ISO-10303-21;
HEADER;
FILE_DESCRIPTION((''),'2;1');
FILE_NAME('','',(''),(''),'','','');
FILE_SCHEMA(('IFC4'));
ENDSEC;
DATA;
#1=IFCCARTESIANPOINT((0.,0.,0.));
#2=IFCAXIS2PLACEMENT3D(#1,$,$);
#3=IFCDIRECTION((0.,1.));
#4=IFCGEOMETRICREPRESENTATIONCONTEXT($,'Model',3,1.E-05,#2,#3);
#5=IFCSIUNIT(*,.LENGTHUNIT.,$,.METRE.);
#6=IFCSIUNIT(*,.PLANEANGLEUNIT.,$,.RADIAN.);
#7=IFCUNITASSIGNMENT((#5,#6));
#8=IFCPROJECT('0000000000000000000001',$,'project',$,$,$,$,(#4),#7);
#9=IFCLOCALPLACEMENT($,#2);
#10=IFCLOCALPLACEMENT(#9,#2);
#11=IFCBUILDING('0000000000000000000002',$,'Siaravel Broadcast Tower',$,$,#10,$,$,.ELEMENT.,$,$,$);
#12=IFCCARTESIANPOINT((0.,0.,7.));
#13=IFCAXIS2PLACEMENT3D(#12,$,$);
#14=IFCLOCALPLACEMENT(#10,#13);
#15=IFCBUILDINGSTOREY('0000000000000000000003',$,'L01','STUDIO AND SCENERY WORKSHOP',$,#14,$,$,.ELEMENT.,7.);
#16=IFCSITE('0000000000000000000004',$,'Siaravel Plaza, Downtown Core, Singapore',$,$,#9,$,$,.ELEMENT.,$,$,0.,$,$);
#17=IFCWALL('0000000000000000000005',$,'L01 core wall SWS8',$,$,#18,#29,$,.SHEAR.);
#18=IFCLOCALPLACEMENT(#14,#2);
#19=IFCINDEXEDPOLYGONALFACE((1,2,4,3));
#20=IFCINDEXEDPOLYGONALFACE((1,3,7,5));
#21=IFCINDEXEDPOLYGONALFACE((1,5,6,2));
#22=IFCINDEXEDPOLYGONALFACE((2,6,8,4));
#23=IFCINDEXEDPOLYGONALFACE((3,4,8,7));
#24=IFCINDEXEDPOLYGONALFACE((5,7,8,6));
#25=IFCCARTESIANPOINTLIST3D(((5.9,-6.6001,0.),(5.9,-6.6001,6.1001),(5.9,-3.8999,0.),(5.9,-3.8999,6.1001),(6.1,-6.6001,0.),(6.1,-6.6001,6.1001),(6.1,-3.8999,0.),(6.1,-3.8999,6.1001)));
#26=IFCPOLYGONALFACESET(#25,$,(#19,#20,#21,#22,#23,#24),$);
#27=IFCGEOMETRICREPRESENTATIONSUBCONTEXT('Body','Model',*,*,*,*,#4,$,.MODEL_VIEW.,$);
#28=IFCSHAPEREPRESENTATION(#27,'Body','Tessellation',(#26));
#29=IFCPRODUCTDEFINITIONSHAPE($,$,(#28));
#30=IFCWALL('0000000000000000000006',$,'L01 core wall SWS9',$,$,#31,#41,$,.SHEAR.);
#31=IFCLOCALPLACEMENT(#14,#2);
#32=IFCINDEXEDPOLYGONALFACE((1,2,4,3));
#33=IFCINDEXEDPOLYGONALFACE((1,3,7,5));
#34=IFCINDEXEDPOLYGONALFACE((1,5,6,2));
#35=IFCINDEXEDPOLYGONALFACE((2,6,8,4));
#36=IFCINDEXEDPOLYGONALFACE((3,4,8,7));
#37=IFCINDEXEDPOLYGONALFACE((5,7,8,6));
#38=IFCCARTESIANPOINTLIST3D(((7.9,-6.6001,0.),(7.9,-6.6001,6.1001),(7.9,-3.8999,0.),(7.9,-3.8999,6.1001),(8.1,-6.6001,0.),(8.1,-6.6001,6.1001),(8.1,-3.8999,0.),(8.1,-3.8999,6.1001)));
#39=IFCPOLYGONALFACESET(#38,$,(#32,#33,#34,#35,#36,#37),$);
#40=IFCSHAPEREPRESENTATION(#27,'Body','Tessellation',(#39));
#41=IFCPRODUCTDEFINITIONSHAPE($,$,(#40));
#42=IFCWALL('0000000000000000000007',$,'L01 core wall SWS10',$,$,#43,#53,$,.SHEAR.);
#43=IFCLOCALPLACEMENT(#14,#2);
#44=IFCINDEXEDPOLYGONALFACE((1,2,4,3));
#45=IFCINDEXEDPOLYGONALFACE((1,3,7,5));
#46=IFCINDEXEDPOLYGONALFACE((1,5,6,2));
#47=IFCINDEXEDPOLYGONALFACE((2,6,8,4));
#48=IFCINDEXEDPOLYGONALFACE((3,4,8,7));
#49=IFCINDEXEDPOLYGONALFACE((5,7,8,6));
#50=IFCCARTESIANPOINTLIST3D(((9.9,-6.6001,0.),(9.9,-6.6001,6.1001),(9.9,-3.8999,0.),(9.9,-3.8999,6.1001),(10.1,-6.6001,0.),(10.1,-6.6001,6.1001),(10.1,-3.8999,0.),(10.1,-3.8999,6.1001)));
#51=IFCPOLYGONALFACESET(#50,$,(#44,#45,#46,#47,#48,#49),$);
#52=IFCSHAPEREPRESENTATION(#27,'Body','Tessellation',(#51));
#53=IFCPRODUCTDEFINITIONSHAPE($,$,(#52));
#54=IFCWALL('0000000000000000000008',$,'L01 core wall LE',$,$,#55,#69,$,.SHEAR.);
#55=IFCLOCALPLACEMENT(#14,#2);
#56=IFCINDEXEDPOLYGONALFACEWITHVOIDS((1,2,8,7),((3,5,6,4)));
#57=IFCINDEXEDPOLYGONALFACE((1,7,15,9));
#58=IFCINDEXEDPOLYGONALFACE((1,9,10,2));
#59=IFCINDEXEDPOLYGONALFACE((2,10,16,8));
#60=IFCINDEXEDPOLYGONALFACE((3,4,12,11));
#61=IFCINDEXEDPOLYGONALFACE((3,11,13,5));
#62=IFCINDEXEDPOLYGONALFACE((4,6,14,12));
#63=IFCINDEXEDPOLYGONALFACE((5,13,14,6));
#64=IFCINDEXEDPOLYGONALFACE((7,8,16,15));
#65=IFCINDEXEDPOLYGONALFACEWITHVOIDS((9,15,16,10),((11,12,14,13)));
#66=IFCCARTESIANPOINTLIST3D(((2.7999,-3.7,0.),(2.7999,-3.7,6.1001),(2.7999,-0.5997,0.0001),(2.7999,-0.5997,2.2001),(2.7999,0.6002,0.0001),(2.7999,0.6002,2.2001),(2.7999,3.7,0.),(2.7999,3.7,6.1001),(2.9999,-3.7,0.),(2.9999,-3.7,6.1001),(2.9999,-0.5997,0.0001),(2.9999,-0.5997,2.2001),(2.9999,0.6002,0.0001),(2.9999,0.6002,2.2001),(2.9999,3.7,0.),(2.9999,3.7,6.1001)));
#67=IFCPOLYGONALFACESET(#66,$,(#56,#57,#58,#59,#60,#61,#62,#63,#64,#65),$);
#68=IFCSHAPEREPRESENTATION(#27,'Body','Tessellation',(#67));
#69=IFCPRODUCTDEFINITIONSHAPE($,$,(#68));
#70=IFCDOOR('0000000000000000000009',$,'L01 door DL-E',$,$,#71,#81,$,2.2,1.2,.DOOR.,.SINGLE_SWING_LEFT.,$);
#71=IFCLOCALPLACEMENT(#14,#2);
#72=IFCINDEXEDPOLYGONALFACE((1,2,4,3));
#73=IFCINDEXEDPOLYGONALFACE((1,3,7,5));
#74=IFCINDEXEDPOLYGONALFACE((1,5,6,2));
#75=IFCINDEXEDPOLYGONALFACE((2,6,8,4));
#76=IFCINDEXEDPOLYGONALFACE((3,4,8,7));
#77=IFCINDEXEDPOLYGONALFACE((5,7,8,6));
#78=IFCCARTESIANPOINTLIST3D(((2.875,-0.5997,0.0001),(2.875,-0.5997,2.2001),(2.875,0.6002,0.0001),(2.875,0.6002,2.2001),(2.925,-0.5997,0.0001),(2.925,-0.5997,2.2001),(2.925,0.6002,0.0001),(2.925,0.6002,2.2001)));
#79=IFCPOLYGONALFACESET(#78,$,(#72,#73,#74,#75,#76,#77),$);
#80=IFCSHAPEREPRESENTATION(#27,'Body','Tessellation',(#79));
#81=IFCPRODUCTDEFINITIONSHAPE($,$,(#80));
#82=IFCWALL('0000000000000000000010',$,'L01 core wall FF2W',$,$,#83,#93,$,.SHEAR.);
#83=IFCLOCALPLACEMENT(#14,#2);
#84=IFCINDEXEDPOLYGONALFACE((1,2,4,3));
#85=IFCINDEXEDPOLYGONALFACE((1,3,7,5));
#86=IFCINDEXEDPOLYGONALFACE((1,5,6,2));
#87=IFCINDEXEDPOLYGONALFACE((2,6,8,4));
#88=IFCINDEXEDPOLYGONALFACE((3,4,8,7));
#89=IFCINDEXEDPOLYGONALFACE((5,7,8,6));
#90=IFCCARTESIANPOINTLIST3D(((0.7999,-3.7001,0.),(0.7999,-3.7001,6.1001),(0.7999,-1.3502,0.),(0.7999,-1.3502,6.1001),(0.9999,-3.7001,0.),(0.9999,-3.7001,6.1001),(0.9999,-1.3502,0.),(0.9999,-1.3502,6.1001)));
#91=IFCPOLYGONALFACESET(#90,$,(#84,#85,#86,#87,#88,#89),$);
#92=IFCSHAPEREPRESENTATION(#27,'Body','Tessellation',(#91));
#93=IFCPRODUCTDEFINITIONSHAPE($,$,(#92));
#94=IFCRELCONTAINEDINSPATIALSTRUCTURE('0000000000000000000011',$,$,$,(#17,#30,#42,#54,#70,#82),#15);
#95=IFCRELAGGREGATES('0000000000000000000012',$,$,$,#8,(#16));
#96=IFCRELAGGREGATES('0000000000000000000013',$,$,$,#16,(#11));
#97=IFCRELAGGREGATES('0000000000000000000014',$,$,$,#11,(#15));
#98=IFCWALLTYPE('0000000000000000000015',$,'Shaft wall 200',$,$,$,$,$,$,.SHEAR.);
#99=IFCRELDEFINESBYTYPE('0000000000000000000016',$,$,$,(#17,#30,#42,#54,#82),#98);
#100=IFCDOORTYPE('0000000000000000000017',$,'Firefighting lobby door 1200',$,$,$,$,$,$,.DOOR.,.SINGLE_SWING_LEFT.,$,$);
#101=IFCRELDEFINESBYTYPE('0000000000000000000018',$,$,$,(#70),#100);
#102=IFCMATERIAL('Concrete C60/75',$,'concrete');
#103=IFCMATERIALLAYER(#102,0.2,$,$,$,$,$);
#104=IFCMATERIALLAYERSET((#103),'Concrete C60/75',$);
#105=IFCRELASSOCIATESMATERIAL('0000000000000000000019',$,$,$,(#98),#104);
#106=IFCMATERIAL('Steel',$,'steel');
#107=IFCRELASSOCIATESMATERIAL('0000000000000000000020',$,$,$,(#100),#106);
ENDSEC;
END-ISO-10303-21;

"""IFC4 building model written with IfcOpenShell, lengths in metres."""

from ifc_helpers import new_model, si_unit, direction, frame, frame_2d, origin, place, context, subcontext, project, spatial, rectangle, extrude, material, layer, layer_set, type_object, element, fill, save


model = new_model("IFC4")

# Units and contexts
model_context = context("Model", 3, precision=1e-05, world=origin(), true_north=direction((0.0, 1.0)))
body_context = subcontext(model_context, "Body", "Model", "MODEL_VIEW")
ifc_project = project(units=[si_unit("LENGTHUNIT", "METRE"), si_unit("PLANEANGLEUNIT", "RADIAN")], contexts=[model_context])

# Site, building, storey
site_placement = place(None, origin())
site = spatial("IfcSite", under=ifc_project, at=site_placement, Name="Siaravel Plaza, Downtown Core, Singapore", CompositionType="ELEMENT", RefElevation=0.0)
building_placement = place(site_placement, origin())
building = spatial("IfcBuilding", under=site, at=building_placement, Name="Siaravel Broadcast Tower", CompositionType="ELEMENT")
storey_placement = place(building_placement, frame((0.0, 0.0, 7.0)))
storey = spatial("IfcBuildingStorey", under=building, at=storey_placement, Name="L01", Description="STUDIO AND SCENERY WORKSHOP", CompositionType="ELEMENT", Elevation=7.0)

# Shared definitions
ifc_material_1 = material(Name="Concrete C60/75", Category="concrete")
ifc_material_2 = material(Name="Steel", Category="steel")

# Walls
ifc_layer_1 = layer(ifc_material_1, 0.2)
ifc_layer_set_1 = layer_set([ifc_layer_1], Name="Concrete C60/75")
wall_type_1 = type_object("IfcWallType", Name="Shaft wall 200", PredefinedType="SHEAR", material=ifc_layer_set_1)
for number, where, z_axis, x_axis, name in (
    (1, (6.0, -6.6001, 0.0), (0.0, 0.0, 1.0), (0.0, 1.0, 0.0), "L01 core wall SWS8"),
    (2, (8.0, -6.6001, 0.0), (0.0, 0.0, 1.0), (0.0, 1.0, 0.0), "L01 core wall SWS9"),
    (3, (10.0, -6.6001, 0.0), (0.0, 0.0, 1.0), (0.0, 1.0, 0.0), "L01 core wall SWS10"),
):
    element("IfcWall", number, at=place(storey_placement, frame(where, z_axis=z_axis, x_axis=x_axis)), inside=storey, type_object=wall_type_1, Name=name, PredefinedType="SHEAR", context=body_context, shape_type="SweptSolid", body=[
        extrude(rectangle(XDim=2.7002, YDim=0.2, at=frame_2d((1.3501, 0.0))), origin(), (0.0, 0.0, 1.0), 6.1001),
    ])

# Wall, opening, door
wall_1_placement = place(storey_placement, frame((2.8999, -3.7, 0.0), z_axis=(0.0, 0.0, 1.0), x_axis=(0.0, 1.0, 0.0)))
wall_1 = element("IfcWall", 4, at=wall_1_placement, inside=storey, type_object=wall_type_1, Name="L01 core wall LE", PredefinedType="SHEAR", context=body_context, shape_type="SweptSolid", body=[
    extrude(rectangle(XDim=7.3999, YDim=0.2, at=frame_2d((3.7, 0.0))), origin(), (0.0, 0.0, 1.0), 6.1001),
])
opening_1_placement = place(wall_1_placement, frame((3.1001, 0.0, 0.0)))
opening_1 = element("IfcOpeningElement", 5, at=opening_1_placement, cuts=wall_1, PredefinedType="OPENING", context=body_context, shape_type="SweptSolid", body=[
    extrude(rectangle(XDim=1.2, YDim=2.2, at=frame_2d((0.6001, 1.1001))), frame((0.0, 0.1099, 0.0), z_axis=(0.0, -1.0, 0.0), x_axis=(1.0, 0.0, 0.0)), (0.0, 0.0, 1.0), 0.22),
])
door_type_1 = type_object("IfcDoorType", Name="Firefighting lobby door 1200", OperationType="SINGLE_SWING_LEFT", PredefinedType="DOOR", material=ifc_material_2)
door_1_placement = place(opening_1_placement, origin())
door_1 = element("IfcDoor", 6, at=door_1_placement, inside=storey, type_object=door_type_1, Name="L01 door DL-E", OperationType="SINGLE_SWING_LEFT", OverallHeight=2.2, OverallWidth=1.2, PredefinedType="DOOR", context=body_context, shape_type="SweptSolid", body=[
    extrude(rectangle(XDim=1.2, YDim=2.2, at=frame_2d((0.6001, 1.1001))), frame((0.0, 0.0249, 0.0), z_axis=(0.0, -1.0, 0.0), x_axis=(1.0, 0.0, 0.0)), (0.0, 0.0, 1.0), 0.05),
])
fill(opening_1, door_1)

# Wall
wall_2_placement = place(storey_placement, frame((0.8999, -3.7, 0.0), z_axis=(0.0, 0.0, 1.0), x_axis=(0.0, 1.0, 0.0)))
element("IfcWall", 7, at=wall_2_placement, inside=storey, type_object=wall_type_1, Name="L01 core wall FF2W", PredefinedType="SHEAR", context=body_context, shape_type="SweptSolid", body=[
    extrude(rectangle(XDim=2.3499, YDim=0.2, at=frame_2d((1.1748, 0.0))), origin(), (0.0, 0.0, 1.0), 6.1001),
])

save(model, "model.ifc")
